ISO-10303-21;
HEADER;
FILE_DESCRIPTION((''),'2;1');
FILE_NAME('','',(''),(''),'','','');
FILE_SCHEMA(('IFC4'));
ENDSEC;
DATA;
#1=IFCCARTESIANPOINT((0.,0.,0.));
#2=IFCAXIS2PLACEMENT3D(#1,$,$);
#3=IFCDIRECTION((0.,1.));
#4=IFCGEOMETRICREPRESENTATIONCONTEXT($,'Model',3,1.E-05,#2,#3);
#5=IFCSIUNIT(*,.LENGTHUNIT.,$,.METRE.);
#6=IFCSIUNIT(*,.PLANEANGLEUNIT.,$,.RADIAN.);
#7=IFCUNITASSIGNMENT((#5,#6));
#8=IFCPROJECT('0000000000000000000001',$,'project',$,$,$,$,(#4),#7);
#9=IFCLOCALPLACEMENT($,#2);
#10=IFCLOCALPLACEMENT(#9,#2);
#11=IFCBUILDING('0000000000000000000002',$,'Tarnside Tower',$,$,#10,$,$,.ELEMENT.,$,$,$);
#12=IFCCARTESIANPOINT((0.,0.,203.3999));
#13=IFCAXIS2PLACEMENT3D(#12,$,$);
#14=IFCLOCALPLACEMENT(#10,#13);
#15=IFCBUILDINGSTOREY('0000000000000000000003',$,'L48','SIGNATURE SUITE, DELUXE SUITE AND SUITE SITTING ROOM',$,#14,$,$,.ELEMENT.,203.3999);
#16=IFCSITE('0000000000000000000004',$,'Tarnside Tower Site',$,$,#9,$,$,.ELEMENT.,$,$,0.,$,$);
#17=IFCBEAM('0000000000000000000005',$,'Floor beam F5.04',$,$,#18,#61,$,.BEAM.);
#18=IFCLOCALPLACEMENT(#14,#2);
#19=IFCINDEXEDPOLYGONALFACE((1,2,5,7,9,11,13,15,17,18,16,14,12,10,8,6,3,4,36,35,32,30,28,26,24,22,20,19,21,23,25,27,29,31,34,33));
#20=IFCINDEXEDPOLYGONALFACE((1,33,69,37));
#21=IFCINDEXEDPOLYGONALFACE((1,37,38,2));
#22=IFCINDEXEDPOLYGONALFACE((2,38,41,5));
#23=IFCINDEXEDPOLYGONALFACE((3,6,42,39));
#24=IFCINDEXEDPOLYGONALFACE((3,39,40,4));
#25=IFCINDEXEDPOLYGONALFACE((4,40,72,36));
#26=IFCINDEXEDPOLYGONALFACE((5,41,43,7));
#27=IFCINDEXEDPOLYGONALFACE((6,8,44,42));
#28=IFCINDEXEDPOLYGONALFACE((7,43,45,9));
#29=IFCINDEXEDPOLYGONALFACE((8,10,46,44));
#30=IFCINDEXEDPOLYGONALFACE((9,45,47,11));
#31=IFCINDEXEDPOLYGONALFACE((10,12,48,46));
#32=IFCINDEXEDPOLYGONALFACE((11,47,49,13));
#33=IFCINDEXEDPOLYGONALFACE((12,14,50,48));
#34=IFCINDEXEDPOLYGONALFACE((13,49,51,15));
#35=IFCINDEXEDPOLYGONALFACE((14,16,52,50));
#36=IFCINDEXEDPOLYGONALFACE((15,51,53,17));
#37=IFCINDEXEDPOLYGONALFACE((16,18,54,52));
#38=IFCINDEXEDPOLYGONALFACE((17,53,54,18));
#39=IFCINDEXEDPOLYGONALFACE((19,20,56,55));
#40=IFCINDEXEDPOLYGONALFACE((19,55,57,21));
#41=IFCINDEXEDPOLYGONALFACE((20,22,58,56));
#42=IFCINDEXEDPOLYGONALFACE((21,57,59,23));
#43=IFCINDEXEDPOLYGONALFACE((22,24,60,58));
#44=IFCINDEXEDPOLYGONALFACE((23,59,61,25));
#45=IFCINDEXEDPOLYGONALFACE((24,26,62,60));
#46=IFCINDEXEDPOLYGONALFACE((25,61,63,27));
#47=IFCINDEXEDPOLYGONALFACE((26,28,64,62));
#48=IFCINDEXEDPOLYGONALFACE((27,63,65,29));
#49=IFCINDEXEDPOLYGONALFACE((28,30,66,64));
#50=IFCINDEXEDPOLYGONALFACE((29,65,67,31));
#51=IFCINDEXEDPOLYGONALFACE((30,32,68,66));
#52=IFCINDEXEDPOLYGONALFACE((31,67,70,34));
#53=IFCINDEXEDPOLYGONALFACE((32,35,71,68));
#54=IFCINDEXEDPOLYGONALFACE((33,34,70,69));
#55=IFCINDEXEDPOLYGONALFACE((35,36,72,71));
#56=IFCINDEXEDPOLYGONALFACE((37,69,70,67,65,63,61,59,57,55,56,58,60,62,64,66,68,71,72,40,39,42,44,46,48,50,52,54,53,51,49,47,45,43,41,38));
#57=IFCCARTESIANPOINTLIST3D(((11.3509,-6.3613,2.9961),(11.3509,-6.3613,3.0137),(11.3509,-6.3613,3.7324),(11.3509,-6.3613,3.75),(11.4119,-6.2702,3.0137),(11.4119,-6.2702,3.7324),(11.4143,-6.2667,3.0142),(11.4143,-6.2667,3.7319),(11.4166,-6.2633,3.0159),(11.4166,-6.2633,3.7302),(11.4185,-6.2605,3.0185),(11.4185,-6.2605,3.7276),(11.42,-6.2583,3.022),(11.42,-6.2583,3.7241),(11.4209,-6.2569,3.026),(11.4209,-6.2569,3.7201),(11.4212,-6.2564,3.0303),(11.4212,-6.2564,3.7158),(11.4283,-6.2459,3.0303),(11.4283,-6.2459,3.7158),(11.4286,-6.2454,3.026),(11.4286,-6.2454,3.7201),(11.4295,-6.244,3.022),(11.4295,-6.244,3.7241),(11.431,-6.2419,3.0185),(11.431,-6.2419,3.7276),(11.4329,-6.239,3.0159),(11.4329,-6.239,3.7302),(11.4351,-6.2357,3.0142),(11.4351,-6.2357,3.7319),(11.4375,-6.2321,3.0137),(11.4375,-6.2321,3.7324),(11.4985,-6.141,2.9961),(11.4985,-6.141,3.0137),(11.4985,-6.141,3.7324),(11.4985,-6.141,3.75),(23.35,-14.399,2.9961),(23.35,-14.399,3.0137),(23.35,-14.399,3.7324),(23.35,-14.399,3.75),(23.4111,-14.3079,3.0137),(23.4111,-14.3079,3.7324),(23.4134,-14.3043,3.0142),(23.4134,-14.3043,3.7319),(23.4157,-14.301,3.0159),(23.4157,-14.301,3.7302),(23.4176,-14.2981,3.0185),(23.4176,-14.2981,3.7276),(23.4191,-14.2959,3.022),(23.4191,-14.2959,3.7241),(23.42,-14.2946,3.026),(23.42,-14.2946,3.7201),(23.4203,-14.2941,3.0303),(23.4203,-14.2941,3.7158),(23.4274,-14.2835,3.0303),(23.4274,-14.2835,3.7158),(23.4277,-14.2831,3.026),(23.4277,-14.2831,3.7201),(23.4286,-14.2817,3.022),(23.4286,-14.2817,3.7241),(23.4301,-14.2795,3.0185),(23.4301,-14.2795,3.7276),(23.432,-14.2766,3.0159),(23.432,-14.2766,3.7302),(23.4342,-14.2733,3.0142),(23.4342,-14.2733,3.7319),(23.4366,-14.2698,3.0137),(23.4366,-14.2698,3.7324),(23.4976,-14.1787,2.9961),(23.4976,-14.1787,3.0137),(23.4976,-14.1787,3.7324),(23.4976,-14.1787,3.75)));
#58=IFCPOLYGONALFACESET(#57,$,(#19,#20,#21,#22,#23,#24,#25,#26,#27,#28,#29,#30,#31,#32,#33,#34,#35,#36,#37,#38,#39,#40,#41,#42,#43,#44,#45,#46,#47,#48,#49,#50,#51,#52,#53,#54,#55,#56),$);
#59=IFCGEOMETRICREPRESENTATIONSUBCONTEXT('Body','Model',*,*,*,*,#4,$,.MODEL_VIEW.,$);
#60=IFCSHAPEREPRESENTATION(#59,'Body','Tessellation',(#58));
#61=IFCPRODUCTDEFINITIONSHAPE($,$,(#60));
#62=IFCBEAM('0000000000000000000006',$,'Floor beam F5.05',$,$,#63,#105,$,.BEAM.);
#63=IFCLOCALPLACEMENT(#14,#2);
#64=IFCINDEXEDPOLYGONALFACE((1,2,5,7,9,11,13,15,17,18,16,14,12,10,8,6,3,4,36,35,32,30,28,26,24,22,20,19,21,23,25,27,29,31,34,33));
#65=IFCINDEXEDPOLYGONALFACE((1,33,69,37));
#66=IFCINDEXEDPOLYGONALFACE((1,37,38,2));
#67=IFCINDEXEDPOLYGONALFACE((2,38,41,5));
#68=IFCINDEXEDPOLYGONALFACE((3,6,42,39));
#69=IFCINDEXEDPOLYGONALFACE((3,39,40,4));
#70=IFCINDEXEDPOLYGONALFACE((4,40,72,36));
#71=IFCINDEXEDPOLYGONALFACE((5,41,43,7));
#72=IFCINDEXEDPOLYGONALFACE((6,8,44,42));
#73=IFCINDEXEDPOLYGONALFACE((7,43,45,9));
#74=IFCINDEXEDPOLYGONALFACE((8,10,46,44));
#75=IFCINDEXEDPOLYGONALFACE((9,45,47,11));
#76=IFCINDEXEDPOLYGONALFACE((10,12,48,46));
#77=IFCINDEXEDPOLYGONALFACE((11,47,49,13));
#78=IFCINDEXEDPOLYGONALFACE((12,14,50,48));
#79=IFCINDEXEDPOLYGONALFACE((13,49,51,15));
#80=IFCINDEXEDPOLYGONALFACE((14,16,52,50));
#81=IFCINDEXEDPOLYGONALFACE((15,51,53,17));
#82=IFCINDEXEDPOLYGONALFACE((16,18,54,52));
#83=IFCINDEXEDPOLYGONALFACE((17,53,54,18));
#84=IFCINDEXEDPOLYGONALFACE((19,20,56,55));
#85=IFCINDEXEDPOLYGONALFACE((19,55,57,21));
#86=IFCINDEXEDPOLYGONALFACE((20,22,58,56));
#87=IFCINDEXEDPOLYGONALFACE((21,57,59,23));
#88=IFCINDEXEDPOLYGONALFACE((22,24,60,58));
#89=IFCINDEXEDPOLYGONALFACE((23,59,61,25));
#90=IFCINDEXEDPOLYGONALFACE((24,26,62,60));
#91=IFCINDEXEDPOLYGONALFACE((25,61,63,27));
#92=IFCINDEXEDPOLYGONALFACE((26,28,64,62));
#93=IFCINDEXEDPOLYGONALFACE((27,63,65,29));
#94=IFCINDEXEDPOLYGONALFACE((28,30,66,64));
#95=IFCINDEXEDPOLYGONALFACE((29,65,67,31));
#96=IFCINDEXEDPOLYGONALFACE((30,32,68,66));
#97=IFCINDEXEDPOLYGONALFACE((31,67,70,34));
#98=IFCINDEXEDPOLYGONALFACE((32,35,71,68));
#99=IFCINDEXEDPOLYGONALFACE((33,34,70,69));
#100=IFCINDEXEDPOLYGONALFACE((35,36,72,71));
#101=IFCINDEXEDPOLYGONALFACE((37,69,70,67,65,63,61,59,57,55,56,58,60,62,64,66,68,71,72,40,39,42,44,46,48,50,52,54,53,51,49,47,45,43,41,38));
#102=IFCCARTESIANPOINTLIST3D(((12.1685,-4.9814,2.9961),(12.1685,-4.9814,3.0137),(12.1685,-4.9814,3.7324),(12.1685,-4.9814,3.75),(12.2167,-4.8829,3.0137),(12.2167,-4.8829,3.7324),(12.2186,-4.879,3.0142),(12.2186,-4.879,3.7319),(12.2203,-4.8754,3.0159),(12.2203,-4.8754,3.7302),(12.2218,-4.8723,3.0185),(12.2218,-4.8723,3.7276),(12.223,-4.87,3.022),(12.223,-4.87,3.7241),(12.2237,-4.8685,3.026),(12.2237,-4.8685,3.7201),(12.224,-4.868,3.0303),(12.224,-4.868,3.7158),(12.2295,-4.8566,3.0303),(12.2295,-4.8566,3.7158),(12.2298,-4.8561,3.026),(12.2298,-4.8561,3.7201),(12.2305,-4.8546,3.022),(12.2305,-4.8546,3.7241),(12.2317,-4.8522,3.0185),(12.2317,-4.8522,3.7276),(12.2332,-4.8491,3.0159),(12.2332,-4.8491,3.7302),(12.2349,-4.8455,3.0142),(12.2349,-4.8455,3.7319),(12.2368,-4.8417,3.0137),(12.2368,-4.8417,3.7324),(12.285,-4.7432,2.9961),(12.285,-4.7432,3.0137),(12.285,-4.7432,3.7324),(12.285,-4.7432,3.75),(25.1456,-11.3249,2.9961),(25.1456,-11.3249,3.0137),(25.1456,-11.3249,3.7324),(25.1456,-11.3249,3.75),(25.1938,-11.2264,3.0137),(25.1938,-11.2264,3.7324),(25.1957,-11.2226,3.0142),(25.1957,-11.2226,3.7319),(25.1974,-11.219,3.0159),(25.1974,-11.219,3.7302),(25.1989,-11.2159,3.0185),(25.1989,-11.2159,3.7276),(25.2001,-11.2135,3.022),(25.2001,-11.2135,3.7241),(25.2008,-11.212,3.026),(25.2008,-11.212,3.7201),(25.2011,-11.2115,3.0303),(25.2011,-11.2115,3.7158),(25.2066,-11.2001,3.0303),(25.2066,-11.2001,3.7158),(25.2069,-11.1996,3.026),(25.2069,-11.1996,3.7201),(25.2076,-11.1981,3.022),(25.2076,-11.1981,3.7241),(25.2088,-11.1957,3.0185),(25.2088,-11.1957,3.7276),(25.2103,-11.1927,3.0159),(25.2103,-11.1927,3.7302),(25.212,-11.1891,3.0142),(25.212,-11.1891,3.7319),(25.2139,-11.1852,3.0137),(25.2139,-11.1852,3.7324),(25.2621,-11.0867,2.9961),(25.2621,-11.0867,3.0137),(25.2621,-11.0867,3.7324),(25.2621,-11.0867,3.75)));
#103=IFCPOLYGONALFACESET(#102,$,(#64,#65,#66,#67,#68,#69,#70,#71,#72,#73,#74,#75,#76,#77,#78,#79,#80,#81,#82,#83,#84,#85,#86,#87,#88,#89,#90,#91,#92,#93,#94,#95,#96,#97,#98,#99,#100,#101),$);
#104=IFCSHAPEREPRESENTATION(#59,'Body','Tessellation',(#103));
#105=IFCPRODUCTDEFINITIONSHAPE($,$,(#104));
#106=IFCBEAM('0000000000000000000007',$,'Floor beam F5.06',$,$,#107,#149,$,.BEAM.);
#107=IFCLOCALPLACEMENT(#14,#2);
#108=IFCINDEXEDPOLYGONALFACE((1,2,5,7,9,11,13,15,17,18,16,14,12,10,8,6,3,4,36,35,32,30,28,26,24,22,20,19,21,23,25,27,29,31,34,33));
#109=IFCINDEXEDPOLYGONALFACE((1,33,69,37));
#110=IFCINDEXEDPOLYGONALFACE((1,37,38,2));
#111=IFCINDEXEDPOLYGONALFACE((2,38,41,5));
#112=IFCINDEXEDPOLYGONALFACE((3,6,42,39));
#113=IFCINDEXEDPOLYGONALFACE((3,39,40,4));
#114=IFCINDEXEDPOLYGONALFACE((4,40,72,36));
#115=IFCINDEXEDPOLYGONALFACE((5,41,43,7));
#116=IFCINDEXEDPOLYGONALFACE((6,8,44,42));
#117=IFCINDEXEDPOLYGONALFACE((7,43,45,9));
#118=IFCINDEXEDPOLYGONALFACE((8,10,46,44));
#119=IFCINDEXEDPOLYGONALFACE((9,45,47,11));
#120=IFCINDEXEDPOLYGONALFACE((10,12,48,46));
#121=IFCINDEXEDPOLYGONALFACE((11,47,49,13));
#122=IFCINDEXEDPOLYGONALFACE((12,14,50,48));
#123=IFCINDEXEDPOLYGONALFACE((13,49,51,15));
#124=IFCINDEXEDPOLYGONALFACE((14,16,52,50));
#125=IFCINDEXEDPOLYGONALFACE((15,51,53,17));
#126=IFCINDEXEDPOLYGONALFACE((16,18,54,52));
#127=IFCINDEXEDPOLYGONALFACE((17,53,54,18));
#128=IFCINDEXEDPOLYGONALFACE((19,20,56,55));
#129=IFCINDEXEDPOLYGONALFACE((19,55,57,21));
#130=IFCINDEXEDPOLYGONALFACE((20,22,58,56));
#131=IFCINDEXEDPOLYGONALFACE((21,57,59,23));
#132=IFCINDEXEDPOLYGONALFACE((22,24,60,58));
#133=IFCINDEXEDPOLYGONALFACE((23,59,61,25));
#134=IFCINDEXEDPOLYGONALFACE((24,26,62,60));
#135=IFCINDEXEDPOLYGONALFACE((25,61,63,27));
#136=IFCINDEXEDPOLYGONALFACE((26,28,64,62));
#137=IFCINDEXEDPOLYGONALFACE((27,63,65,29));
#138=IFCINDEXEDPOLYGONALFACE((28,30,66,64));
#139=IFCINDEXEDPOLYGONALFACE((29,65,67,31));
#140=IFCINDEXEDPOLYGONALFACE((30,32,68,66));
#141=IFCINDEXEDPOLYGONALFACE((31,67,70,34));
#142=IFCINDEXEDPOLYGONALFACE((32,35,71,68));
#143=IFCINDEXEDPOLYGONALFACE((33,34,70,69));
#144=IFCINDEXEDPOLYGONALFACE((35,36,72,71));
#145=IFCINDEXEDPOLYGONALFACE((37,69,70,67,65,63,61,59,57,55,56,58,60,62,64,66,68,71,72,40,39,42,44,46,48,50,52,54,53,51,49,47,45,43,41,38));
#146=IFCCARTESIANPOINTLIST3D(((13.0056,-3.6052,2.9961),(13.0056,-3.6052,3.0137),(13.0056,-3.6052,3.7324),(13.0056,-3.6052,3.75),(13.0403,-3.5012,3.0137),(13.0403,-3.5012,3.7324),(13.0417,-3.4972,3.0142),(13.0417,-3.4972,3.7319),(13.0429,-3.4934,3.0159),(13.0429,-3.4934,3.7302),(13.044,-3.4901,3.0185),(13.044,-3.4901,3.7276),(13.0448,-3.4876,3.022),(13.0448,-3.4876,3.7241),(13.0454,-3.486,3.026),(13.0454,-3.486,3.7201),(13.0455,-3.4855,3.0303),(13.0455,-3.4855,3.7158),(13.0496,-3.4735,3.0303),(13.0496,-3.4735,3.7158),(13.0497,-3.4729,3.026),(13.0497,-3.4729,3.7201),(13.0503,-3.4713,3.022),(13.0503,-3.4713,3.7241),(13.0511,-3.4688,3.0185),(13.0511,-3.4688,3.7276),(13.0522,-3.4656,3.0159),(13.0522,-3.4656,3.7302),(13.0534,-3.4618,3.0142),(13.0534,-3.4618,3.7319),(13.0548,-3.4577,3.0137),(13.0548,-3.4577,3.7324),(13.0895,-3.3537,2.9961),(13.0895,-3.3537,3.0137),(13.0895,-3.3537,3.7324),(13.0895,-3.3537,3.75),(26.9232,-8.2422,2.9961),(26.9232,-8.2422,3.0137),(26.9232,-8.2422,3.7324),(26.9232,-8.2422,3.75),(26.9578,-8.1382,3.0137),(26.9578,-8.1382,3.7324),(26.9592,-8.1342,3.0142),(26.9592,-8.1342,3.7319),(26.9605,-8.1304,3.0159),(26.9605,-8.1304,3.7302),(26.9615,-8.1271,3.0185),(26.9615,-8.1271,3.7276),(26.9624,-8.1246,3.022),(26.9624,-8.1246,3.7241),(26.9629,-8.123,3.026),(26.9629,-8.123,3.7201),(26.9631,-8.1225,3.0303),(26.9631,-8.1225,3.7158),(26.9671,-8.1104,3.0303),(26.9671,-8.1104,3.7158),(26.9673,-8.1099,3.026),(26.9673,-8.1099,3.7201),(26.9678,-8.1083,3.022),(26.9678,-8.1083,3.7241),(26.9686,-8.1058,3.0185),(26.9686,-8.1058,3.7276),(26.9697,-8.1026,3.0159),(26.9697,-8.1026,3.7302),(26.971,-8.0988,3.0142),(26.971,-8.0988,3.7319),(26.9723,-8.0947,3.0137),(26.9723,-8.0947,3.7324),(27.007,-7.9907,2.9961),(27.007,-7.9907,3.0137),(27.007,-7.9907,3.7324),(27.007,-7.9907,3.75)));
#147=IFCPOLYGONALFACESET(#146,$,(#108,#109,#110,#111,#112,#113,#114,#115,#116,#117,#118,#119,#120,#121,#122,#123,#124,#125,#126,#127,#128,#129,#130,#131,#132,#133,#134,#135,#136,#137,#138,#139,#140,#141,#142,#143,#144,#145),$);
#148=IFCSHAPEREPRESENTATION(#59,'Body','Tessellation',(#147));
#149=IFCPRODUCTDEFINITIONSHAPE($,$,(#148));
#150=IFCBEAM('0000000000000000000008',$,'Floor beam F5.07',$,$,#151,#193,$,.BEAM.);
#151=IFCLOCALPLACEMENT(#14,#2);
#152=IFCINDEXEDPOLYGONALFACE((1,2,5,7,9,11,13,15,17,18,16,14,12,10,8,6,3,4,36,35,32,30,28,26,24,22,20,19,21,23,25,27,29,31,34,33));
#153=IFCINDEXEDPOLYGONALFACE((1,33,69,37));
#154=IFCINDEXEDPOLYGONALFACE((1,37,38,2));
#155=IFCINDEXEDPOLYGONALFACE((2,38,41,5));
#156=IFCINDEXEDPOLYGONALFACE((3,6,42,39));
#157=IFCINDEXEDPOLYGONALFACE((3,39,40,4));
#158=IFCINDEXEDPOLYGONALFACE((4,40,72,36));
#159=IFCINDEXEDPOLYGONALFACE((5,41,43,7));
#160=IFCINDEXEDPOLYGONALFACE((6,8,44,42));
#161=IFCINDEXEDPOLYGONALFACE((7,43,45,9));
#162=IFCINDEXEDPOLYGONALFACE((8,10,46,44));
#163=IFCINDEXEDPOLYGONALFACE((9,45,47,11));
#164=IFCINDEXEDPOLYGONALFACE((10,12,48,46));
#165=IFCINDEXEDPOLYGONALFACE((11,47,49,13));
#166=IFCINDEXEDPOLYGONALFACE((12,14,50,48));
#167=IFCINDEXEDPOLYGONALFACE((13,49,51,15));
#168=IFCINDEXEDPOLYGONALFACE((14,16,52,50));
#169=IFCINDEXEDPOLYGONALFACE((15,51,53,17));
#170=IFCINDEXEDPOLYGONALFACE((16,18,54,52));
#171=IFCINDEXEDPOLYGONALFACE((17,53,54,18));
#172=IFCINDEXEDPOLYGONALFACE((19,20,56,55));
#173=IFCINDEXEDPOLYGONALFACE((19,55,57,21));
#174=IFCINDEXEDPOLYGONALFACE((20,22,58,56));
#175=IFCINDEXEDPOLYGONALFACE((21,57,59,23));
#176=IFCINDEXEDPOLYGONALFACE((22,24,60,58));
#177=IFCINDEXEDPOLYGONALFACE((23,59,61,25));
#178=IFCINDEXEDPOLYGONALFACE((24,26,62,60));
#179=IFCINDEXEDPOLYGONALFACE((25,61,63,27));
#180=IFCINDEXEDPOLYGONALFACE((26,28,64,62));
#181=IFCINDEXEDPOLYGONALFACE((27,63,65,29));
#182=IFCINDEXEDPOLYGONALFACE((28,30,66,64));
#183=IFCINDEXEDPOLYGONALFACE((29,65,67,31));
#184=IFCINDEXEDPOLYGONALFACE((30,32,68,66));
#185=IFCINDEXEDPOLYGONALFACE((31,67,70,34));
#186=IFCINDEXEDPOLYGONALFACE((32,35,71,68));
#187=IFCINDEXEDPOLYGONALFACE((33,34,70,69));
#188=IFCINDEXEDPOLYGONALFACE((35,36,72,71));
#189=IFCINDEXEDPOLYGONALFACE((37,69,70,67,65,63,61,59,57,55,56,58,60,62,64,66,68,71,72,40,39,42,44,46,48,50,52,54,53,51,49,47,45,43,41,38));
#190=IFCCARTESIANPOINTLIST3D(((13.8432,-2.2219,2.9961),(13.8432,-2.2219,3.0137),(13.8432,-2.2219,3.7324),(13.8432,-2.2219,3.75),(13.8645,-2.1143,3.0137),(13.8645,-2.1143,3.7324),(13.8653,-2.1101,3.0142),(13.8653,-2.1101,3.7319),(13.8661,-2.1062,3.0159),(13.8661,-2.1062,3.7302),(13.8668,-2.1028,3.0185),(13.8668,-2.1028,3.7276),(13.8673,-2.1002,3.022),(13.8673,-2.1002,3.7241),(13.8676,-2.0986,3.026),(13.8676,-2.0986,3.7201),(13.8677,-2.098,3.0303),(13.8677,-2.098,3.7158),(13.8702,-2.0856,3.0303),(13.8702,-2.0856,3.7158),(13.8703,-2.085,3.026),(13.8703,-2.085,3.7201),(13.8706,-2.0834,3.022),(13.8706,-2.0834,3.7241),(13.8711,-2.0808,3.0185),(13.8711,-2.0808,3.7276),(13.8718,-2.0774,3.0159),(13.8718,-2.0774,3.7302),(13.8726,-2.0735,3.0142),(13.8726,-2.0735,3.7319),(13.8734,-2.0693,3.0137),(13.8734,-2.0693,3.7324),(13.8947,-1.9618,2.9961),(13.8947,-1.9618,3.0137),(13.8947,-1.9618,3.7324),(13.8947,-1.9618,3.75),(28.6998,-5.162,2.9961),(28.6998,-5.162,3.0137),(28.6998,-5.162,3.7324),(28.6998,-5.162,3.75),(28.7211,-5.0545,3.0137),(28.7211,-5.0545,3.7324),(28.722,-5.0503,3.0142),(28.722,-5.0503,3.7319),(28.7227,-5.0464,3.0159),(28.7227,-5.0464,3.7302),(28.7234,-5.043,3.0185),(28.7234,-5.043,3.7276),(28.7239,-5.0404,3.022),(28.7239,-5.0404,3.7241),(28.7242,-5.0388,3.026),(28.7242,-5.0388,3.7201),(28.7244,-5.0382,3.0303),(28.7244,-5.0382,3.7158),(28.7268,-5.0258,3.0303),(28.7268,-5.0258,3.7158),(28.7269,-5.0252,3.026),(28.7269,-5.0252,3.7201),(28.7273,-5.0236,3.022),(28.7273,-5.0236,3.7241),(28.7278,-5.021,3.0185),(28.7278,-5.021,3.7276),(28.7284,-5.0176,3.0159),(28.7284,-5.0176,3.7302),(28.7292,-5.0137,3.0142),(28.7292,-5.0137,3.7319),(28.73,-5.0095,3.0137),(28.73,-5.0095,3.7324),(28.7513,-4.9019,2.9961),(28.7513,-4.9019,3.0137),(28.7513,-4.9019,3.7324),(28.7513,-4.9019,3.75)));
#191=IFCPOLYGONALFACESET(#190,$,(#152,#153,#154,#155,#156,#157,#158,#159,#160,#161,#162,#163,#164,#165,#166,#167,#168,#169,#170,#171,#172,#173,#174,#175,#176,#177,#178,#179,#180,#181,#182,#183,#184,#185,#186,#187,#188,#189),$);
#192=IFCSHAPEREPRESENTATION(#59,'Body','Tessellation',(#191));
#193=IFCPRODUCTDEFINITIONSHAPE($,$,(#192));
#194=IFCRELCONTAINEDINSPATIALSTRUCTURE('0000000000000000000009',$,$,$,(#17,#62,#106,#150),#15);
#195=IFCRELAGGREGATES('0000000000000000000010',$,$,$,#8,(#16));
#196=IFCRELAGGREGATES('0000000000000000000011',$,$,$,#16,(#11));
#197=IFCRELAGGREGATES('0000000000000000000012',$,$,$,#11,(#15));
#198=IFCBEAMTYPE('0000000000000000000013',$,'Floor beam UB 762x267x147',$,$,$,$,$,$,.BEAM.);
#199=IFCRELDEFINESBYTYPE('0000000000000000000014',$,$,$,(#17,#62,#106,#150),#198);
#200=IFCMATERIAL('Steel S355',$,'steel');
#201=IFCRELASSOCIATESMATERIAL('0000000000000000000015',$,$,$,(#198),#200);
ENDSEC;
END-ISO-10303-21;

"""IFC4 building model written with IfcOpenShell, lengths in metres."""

from ifc_helpers import new_model, si_unit, direction, frame, origin, origin_2d, place, context, subcontext, project, spatial, i_section, extrude, material, material_profile, profile_set, type_object, element, save


model = new_model("IFC4")

# Units and contexts
model_context = context("Model", 3, precision=1e-05, world=origin(), true_north=direction((0.0, 1.0)))
body_context = subcontext(model_context, "Body", "Model", "MODEL_VIEW")
ifc_project = project(units=[si_unit("LENGTHUNIT", "METRE"), si_unit("PLANEANGLEUNIT", "RADIAN")], contexts=[model_context])

# Site, building, storey
site_placement = place(None, origin())
site = spatial("IfcSite", under=ifc_project, at=site_placement, Name="Tarnside Tower Site", CompositionType="ELEMENT", RefElevation=0.0)
building_placement = place(site_placement, origin())
building = spatial("IfcBuilding", under=site, at=building_placement, Name="Tarnside Tower", CompositionType="ELEMENT")
storey_placement = place(building_placement, frame((0.0, 0.0, 203.3999)))
storey = spatial("IfcBuildingStorey", under=building, at=storey_placement, Name="L48", Description="SIGNATURE SUITE, DELUXE SUITE AND SUITE SITTING ROOM", CompositionType="ELEMENT", Elevation=203.3999)

# Beams
ifc_material_1 = material(Name="Steel S355", Category="steel")
ifc_material_profile_1 = material_profile(ifc_material_1, i_section(OverallWidth=0.2651, OverallDepth=0.7539, WebThickness=0.0127, FlangeThickness=0.0176, FilletRadius=0.0166, at=origin_2d()), Name="UB 762x267x147")
ifc_profile_set_1 = profile_set([ifc_material_profile_1], Name="Steel S355")
beam_type_1 = type_object("IfcBeamType", Name="Floor beam UB 762x267x147", PredefinedType="BEAM", material=ifc_profile_set_1)
beam_1_placement = place(storey_placement, frame((23.4238, -14.2888, 3.373), z_axis=(-0.830826, 0.556532, 0.0), x_axis=(-0.556532, -0.830826, 0.0)))
element("IfcBeam", 1, at=beam_1_placement, inside=storey, type_object=beam_type_1, Name="Floor beam F5.04", PredefinedType="BEAM", context=body_context, shape_type="SweptSolid", body=[
    extrude(i_section(OverallWidth=0.2651, OverallDepth=0.7539, WebThickness=0.0127, FlangeThickness=0.0176, FilletRadius=0.0166, at=origin_2d()), origin(), (0.0, 0.0, 1.0), 14.4424),
])
beam_2_placement = place(storey_placement, frame((25.2039, -11.2058, 3.373), z_axis=(-0.898407, 0.439164, 0.0), x_axis=(-0.439164, -0.898407, 0.0)))
element("IfcBeam", 2, at=beam_2_placement, inside=storey, type_object=beam_type_1, Name="Floor beam F5.05", PredefinedType="BEAM", context=body_context, shape_type="SweptSolid", body=[
    extrude(i_section(OverallWidth=0.2651, OverallDepth=0.7539, WebThickness=0.0127, FlangeThickness=0.0176, FilletRadius=0.0166, at=origin_2d()), origin(), (0.0, 0.0, 1.0), 14.4446),
])
beam_3_placement = place(storey_placement, frame((26.9651, -8.1165, 3.373), z_axis=(-0.948728, 0.316093, 0.0), x_axis=(-0.316093, -0.948728, 0.0)))
element("IfcBeam", 3, at=beam_3_placement, inside=storey, type_object=beam_type_1, Name="Floor beam F5.06", PredefinedType="BEAM", context=body_context, shape_type="SweptSolid", body=[
    extrude(i_section(OverallWidth=0.2651, OverallDepth=0.7539, WebThickness=0.0127, FlangeThickness=0.0176, FilletRadius=0.0166, at=origin_2d()), origin(), (0.0, 0.0, 1.0), 14.6697),
])
beam_4_placement = place(storey_placement, frame((28.7256, -5.032, 3.373), z_axis=(-0.980974, 0.194138, 0.0), x_axis=(-0.194138, -0.980974, 0.0)))
element("IfcBeam", 4, at=beam_4_placement, inside=storey, type_object=beam_type_1, Name="Floor beam F5.07", PredefinedType="BEAM", context=body_context, shape_type="SweptSolid", body=[
    extrude(i_section(OverallWidth=0.2651, OverallDepth=0.7539, WebThickness=0.0127, FlangeThickness=0.0176, FilletRadius=0.0166, at=origin_2d()), origin(), (0.0, 0.0, 1.0), 15.1448),
])

save(model, "model.ifc")
